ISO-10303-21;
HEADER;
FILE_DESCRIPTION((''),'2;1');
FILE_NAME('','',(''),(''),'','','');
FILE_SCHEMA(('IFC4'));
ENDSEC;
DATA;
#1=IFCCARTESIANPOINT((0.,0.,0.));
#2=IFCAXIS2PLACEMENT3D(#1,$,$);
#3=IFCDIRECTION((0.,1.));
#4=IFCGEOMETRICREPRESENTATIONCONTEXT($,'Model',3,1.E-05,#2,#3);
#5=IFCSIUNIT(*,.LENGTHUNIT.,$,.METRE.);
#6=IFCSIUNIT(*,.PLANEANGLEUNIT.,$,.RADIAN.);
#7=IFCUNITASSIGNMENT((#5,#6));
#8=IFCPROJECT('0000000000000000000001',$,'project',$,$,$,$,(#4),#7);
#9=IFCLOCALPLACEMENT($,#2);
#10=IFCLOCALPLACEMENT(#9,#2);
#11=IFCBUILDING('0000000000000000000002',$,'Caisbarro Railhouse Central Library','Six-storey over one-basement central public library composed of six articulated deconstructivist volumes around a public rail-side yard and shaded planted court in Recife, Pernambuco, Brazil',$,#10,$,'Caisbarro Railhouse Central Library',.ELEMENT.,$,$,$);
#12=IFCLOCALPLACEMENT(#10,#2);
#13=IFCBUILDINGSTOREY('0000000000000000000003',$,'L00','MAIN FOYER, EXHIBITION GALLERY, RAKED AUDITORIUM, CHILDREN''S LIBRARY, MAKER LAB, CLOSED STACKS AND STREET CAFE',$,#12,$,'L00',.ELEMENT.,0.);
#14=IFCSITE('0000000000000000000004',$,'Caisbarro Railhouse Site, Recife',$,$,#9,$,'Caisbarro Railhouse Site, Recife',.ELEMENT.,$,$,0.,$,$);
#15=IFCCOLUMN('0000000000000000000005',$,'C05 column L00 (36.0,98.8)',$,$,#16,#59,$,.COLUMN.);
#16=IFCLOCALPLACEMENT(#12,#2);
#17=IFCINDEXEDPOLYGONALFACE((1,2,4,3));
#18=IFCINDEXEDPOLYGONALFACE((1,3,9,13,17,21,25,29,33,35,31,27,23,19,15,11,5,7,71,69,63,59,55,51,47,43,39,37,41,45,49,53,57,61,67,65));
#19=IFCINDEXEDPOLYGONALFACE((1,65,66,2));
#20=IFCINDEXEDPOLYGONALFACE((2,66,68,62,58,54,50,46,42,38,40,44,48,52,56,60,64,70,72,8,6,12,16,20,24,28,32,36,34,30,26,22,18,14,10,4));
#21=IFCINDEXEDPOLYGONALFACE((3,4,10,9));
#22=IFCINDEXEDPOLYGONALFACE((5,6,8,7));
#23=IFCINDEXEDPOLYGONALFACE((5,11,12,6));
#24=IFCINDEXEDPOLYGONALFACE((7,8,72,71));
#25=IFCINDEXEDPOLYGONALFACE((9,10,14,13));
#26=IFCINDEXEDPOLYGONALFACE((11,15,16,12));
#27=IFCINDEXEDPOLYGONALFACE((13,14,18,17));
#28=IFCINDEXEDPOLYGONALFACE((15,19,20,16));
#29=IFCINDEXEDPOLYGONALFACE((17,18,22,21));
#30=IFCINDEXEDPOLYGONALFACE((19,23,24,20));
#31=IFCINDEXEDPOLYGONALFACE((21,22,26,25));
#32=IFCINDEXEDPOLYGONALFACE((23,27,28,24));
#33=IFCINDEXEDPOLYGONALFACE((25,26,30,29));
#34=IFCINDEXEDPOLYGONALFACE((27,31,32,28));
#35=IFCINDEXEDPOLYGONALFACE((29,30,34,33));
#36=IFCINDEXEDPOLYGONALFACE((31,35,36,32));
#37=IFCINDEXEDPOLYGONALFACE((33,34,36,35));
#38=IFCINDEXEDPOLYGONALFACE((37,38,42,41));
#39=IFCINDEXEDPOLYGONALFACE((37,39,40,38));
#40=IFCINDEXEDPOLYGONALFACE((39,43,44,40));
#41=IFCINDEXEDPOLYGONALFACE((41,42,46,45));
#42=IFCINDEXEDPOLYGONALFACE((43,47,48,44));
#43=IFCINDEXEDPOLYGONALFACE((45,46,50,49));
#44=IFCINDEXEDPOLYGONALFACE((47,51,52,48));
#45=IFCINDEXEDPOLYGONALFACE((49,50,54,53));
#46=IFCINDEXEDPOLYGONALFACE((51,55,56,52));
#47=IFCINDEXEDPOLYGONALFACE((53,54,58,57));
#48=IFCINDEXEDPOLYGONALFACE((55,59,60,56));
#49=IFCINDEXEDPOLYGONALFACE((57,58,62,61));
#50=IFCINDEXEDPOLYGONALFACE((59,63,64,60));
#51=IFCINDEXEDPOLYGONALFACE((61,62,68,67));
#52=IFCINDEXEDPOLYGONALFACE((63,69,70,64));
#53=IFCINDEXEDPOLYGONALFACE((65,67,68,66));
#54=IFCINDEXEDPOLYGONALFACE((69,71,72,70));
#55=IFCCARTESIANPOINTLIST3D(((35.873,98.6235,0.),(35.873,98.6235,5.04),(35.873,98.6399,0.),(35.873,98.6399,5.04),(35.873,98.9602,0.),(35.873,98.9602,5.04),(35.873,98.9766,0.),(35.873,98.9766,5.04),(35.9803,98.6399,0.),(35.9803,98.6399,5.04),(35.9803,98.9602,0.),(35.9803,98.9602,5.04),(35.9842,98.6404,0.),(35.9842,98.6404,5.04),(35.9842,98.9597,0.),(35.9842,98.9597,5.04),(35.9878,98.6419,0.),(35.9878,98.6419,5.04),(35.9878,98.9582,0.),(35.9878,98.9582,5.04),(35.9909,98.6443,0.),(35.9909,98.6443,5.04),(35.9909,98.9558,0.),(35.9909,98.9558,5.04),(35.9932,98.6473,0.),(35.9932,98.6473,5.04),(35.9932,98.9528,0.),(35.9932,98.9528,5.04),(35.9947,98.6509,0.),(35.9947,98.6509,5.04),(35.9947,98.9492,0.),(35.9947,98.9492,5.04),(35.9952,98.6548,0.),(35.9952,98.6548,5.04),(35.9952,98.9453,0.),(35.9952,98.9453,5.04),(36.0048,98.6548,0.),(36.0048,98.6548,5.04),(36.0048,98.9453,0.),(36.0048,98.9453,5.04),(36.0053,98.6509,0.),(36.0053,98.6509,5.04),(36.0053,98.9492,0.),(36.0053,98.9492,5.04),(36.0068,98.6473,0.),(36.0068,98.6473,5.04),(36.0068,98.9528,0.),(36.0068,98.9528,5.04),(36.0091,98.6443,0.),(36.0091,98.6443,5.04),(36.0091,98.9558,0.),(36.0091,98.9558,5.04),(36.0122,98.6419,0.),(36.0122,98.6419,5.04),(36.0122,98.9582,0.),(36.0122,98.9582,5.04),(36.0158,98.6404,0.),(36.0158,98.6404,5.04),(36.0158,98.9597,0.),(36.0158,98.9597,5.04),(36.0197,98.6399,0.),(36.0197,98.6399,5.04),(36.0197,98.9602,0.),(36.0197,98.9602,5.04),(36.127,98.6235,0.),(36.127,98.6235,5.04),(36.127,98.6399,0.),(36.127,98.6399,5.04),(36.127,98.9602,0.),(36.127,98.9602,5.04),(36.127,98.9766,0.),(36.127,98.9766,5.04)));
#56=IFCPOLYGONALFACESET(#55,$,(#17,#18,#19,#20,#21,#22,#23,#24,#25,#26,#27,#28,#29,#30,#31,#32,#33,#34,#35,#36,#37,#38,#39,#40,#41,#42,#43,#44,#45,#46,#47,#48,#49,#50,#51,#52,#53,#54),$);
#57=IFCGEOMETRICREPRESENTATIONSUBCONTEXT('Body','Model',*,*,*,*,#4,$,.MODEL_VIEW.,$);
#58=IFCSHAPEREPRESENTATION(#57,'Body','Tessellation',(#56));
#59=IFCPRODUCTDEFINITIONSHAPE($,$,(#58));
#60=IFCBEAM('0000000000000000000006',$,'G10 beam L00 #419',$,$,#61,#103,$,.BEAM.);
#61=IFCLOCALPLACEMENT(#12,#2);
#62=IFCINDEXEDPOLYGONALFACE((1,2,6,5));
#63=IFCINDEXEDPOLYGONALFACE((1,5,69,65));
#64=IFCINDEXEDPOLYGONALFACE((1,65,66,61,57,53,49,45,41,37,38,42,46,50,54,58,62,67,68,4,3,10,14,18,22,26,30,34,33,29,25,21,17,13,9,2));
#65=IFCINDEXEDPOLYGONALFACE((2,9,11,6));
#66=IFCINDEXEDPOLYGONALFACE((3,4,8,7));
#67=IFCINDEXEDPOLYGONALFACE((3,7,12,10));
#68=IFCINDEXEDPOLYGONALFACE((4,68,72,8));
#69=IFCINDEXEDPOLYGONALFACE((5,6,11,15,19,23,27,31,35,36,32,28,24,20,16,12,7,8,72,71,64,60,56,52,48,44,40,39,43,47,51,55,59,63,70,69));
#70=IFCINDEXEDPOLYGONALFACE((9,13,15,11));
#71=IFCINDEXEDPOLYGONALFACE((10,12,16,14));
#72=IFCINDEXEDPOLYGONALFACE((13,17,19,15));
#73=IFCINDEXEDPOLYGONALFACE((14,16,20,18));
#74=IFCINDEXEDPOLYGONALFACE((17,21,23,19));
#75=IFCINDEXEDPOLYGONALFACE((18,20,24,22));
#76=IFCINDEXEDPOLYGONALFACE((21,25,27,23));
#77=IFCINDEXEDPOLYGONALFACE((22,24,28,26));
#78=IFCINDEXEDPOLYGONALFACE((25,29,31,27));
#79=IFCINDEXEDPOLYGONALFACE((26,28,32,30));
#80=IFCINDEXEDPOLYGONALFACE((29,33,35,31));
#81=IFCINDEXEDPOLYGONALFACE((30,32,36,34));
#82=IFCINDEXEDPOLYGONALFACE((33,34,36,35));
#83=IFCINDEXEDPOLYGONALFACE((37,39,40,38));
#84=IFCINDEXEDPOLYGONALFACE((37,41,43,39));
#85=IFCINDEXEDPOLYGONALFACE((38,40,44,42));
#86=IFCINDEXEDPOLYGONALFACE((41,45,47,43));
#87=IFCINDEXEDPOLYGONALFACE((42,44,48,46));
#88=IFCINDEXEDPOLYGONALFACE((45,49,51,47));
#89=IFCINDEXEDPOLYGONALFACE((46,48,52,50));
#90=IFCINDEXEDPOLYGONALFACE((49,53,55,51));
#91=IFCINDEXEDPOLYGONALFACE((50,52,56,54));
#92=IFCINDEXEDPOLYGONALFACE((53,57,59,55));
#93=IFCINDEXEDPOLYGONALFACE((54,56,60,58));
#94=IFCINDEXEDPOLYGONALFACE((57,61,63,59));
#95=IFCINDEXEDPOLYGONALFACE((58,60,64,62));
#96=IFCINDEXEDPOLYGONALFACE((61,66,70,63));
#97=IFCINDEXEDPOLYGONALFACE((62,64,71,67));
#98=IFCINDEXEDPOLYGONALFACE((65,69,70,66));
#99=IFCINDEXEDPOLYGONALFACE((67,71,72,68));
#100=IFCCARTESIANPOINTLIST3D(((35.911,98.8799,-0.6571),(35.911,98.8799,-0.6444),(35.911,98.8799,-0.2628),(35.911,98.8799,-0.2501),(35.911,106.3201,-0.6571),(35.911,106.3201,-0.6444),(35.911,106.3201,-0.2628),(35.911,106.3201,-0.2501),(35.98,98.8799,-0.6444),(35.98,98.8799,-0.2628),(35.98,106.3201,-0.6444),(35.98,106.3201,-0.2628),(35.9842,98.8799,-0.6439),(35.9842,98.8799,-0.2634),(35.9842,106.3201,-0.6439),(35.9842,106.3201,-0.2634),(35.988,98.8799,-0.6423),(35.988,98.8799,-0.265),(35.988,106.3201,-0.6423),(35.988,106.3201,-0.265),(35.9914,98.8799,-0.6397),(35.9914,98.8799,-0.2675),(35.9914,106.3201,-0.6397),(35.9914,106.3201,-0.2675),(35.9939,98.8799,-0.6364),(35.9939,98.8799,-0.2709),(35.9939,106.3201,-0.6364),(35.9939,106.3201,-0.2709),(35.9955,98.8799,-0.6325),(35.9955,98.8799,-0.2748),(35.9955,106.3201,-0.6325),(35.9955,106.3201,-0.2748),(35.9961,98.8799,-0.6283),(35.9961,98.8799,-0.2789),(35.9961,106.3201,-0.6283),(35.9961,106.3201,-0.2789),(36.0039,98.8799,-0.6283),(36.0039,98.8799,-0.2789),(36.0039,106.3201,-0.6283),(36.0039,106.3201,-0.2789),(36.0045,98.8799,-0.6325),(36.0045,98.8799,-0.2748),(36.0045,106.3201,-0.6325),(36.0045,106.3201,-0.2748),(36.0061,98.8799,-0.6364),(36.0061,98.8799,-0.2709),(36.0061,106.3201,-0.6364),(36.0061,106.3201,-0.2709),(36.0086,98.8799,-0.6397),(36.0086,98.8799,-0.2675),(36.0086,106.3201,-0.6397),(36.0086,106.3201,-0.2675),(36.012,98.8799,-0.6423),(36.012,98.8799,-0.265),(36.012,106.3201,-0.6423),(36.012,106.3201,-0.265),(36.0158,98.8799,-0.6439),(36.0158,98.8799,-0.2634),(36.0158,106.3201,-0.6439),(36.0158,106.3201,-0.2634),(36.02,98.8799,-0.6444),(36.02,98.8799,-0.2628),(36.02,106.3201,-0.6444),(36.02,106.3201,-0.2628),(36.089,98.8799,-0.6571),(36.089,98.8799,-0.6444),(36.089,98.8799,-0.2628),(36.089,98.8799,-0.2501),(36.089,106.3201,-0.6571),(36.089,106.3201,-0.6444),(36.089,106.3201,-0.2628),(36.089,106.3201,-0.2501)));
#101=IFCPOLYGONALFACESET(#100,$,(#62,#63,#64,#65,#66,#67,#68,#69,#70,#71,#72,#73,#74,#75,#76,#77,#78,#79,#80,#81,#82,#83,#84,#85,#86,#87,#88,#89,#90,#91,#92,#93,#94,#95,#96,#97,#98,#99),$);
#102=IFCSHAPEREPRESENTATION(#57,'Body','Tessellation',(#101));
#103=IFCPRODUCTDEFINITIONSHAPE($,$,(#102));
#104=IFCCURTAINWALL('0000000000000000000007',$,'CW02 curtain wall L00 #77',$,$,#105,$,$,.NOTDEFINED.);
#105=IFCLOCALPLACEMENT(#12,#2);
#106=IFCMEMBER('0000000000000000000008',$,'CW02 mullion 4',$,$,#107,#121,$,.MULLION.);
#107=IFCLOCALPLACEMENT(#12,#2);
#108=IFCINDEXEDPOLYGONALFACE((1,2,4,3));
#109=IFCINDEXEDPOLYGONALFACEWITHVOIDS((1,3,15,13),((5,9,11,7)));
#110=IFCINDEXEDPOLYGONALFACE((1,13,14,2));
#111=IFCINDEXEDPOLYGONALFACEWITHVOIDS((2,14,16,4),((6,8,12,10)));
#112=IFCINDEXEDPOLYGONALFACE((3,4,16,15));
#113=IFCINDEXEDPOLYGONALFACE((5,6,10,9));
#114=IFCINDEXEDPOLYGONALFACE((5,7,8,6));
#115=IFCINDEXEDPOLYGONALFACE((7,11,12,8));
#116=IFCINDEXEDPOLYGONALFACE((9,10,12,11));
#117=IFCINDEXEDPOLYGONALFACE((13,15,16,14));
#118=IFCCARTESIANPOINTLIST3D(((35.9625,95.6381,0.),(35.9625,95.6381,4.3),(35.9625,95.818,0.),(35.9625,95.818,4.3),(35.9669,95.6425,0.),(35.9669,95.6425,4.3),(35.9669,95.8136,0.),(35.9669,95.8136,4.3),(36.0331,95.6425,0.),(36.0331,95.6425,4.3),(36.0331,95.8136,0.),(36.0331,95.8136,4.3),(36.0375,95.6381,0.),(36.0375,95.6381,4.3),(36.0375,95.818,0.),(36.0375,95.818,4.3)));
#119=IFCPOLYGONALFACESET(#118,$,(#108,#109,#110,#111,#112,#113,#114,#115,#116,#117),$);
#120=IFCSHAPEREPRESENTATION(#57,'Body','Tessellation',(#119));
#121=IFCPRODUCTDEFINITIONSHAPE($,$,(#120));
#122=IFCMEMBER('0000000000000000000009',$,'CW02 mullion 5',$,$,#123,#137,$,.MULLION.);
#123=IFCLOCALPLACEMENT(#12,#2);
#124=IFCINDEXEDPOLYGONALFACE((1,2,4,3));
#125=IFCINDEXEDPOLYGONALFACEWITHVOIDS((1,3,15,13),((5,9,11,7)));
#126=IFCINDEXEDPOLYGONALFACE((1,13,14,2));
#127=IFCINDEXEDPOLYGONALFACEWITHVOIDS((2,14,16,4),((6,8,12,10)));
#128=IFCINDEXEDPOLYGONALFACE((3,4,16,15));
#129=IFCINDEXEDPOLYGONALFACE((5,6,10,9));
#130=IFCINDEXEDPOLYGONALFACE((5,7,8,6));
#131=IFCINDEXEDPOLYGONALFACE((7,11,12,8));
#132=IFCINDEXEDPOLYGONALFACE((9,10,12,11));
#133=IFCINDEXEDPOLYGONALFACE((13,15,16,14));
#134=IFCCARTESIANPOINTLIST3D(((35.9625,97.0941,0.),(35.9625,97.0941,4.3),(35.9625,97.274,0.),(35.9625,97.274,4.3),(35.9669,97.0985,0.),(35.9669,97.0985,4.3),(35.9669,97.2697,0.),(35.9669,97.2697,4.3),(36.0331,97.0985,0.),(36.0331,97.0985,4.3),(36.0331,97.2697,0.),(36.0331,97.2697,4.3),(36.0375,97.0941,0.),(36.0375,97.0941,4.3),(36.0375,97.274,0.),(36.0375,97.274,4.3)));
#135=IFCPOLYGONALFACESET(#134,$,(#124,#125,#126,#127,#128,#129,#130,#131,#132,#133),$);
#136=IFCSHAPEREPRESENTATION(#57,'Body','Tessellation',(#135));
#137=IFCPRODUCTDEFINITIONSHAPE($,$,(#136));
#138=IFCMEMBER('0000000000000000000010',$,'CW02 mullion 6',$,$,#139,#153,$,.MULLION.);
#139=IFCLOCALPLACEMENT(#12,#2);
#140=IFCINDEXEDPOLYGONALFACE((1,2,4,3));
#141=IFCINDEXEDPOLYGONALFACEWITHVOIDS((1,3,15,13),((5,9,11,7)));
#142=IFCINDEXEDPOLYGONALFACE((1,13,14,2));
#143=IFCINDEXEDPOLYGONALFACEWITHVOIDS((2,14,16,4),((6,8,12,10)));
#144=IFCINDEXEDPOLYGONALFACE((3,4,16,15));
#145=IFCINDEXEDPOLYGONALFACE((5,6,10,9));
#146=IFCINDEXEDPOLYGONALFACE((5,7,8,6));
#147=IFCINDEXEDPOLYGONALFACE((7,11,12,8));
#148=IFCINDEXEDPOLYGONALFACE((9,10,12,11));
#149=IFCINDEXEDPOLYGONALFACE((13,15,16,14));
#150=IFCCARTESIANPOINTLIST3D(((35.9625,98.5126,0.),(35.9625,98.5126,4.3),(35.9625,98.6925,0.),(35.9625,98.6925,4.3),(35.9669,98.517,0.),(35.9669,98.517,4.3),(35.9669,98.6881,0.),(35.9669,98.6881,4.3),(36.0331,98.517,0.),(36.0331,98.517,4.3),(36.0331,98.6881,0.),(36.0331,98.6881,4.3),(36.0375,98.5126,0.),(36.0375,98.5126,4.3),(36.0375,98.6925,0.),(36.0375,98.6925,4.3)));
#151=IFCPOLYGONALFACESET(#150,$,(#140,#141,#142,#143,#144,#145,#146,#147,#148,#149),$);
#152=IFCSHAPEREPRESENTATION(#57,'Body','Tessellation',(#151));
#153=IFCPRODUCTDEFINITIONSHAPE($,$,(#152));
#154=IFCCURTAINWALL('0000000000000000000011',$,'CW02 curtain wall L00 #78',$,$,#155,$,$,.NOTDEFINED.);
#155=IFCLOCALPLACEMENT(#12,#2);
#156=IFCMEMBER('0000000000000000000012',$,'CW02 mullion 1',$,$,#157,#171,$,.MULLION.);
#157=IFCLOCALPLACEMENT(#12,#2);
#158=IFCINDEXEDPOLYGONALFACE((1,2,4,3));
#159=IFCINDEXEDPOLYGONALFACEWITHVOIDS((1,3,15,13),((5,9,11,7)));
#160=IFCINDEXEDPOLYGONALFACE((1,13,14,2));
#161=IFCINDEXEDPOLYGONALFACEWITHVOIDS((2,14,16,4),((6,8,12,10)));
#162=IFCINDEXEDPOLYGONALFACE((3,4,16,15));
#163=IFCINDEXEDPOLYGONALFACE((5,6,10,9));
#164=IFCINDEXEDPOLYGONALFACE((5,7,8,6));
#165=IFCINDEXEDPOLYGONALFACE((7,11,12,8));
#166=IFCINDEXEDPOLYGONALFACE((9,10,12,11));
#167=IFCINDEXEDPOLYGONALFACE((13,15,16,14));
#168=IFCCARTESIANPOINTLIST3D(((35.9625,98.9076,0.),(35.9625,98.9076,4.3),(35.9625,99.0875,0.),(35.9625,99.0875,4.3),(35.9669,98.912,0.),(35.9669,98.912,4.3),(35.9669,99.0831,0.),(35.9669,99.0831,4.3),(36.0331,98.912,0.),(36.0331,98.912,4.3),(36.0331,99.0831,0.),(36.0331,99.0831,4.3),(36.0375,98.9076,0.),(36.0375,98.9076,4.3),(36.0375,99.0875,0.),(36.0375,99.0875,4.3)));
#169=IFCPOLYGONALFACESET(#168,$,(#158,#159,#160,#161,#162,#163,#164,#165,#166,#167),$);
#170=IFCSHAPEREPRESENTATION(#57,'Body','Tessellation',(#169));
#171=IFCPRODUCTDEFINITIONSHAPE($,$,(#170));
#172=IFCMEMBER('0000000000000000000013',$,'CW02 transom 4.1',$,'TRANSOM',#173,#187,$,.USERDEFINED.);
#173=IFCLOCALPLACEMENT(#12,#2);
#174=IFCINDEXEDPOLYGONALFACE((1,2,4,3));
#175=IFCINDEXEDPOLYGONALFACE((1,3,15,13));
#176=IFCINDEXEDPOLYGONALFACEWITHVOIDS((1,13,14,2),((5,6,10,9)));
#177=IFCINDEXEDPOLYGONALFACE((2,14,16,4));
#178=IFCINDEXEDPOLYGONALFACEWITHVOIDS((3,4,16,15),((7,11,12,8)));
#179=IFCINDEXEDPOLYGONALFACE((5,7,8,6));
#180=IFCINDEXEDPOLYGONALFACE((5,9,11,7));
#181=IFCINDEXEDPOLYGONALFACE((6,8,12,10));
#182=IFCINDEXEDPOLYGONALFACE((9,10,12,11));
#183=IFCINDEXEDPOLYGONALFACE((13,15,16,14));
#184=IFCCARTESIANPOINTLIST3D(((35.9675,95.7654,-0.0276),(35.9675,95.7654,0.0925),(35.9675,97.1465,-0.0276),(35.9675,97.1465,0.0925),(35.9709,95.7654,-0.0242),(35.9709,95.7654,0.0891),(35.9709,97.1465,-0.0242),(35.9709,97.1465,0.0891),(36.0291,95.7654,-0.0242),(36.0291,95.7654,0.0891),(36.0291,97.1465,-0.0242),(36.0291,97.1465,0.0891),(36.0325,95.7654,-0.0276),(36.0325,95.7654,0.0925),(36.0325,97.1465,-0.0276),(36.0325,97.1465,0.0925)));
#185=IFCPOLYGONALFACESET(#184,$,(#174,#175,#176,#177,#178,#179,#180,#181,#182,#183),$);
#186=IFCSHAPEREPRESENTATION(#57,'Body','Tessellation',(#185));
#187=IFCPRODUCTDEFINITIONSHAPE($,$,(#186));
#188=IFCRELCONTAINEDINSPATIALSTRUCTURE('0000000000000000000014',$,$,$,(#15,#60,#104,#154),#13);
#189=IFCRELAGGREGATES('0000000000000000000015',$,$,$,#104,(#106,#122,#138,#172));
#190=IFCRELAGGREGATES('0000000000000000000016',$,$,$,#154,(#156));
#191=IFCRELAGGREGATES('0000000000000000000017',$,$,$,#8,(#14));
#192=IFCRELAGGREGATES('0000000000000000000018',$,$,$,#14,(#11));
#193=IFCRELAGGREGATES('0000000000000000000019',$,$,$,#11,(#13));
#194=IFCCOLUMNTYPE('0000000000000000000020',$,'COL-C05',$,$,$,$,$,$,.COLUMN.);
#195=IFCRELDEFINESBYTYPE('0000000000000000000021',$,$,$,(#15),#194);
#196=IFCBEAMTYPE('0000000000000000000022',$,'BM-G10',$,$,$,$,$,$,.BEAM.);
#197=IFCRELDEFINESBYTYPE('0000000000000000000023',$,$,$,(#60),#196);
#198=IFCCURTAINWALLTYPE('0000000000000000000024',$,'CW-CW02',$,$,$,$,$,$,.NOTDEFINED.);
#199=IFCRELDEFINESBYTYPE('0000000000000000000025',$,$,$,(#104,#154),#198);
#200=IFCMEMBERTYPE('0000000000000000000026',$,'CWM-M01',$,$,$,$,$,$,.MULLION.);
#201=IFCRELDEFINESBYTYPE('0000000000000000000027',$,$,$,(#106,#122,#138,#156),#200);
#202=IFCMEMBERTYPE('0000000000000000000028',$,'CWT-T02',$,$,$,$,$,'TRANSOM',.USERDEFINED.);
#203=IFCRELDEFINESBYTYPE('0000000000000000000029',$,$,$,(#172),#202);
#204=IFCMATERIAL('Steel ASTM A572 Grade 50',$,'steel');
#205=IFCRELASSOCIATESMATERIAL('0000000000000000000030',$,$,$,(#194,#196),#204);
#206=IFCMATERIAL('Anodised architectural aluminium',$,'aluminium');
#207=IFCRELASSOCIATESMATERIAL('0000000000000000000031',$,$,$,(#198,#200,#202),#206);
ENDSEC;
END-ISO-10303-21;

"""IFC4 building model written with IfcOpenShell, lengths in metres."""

from ifc_helpers import new_model, si_unit, direction, frame, origin, origin_2d, place, context, subcontext, project, spatial, hollow_rectangle, i_section, extrude, material, material_profile, profile_set, type_object, element, aggregate, save


model = new_model("IFC4")

# Units and contexts
model_context = context("Model", 3, precision=1e-05, world=origin(), true_north=direction((0.0, 1.0)))
body_context = subcontext(model_context, "Body", "Model", "MODEL_VIEW")
ifc_project = project(units=[si_unit("LENGTHUNIT", "METRE"), si_unit("PLANEANGLEUNIT", "RADIAN")], contexts=[model_context])

# Site, building, storey
site_placement = place(None, origin())
site = spatial("IfcSite", under=ifc_project, at=site_placement, Name="Caisbarro Railhouse Site, Recife", LongName="Caisbarro Railhouse Site, Recife", CompositionType="ELEMENT", RefElevation=0.0)
building_placement = place(site_placement, origin())
building = spatial("IfcBuilding", under=site, at=building_placement, Name="Caisbarro Railhouse Central Library", Description="Six-storey over one-basement central public library composed of six articulated deconstructivist volumes around a public rail-side yard and shaded planted court in Recife, Pernambuco, Brazil", LongName="Caisbarro Railhouse Central Library", CompositionType="ELEMENT")
storey_placement = place(building_placement, origin())
storey = spatial("IfcBuildingStorey", under=building, at=storey_placement, Name="L00", Description="MAIN FOYER, EXHIBITION GALLERY, RAKED AUDITORIUM, CHILDREN'S LIBRARY, MAKER LAB, CLOSED STACKS AND STREET CAFE", LongName="L00", CompositionType="ELEMENT", Elevation=0.0)

# Column
ifc_material_1 = material(Name="Steel ASTM A572 Grade 50", Category="steel")
ifc_material_profile_1 = material_profile(ifc_material_1, i_section(OverallWidth=0.2539, OverallDepth=0.353, WebThickness=0.0095, FlangeThickness=0.0164, FilletRadius=0.0149, at=origin_2d()), Name="W360X91.0")
ifc_profile_set_1 = profile_set([ifc_material_profile_1], Name="Steel ASTM A572 Grade 50")
column_type = type_object("IfcColumnType", Name="COL-C05", PredefinedType="COLUMN", material=ifc_profile_set_1)
column_placement = place(storey_placement, frame((36.0, 98.8, 0.0), z_axis=(0.0, 0.0, 1.0), x_axis=(1.0, 0.0, 0.0)))
element("IfcColumn", 1, at=column_placement, inside=storey, type_object=column_type, Name="C05 column L00 (36.0,98.8)", PredefinedType="COLUMN", context=body_context, shape_type="SweptSolid", body=[
    extrude(i_section(OverallWidth=0.2539, OverallDepth=0.353, WebThickness=0.0095, FlangeThickness=0.0164, FilletRadius=0.0149, at=origin_2d()), origin(), (0.0, 0.0, 1.0), 5.04),
])

# Beam
ifc_material_profile_2 = material_profile(ifc_material_1, i_section(OverallWidth=0.178, OverallDepth=0.407, WebThickness=0.0078, FlangeThickness=0.0127, FilletRadius=0.0161, at=origin_2d()), Name="W410X60.0")
ifc_profile_set_2 = profile_set([ifc_material_profile_2], Name="Steel ASTM A572 Grade 50")
beam_type = type_object("IfcBeamType", Name="BM-G10", PredefinedType="BEAM", material=ifc_profile_set_2)
beam_placement = place(storey_placement, frame((36.0, 98.8799, -0.4536), z_axis=(0.0, 1.0, 0.0), x_axis=(-1.0, 0.0, 0.0)))
element("IfcBeam", 2, at=beam_placement, inside=storey, type_object=beam_type, Name="G10 beam L00 #419", PredefinedType="BEAM", context=body_context, shape_type="SweptSolid", body=[
    extrude(i_section(OverallWidth=0.178, OverallDepth=0.407, WebThickness=0.0078, FlangeThickness=0.0127, FilletRadius=0.0161, at=origin_2d()), origin(), (0.0, 0.0, 1.0), 7.4402),
])

# Curtain wall, members
ifc_material_2 = material(Name="Anodised architectural aluminium", Category="aluminium")
curtain_wall_type = type_object("IfcCurtainWallType", Name="CW-CW02", PredefinedType="NOTDEFINED", material=ifc_material_2)
curtain_wall_1_placement = place(storey_placement, origin())
curtain_wall_1 = element("IfcCurtainWall", 3, at=curtain_wall_1_placement, inside=storey, type_object=curtain_wall_type, Name="CW02 curtain wall L00 #77", PredefinedType="NOTDEFINED")
ifc_material_profile_3 = material_profile(ifc_material_2, hollow_rectangle(XDim=0.075, YDim=0.1799, WallThickness=0.0044, at=origin_2d()), Name="ALU-MUL-75X180")
ifc_profile_set_3 = profile_set([ifc_material_profile_3], Name="Anodised architectural aluminium")
member_type_1 = type_object("IfcMemberType", Name="CWM-M01", PredefinedType="MULLION", material=ifc_profile_set_3)
member_1_placement = place(storey_placement, frame((36.0, 95.728, 0.0), z_axis=(0.0, 0.0, 1.0), x_axis=(-1.0, 0.0, 0.0)))
member_1 = element("IfcMember", 4, at=member_1_placement, type_object=member_type_1, Name="CW02 mullion 4", PredefinedType="MULLION", context=body_context, shape_type="SweptSolid", body=[
    extrude(hollow_rectangle(XDim=0.075, YDim=0.1799, WallThickness=0.0044, at=origin_2d()), origin(), (0.0, 0.0, 1.0), 4.3),
])
member_2_placement = place(storey_placement, frame((36.0, 97.1841, 0.0), z_axis=(0.0, 0.0, 1.0), x_axis=(-1.0, 0.0, 0.0)))
member_2 = element("IfcMember", 5, at=member_2_placement, type_object=member_type_1, Name="CW02 mullion 5", PredefinedType="MULLION", context=body_context, shape_type="SweptSolid", body=[
    extrude(hollow_rectangle(XDim=0.075, YDim=0.1799, WallThickness=0.0044, at=origin_2d()), origin(), (0.0, 0.0, 1.0), 4.3),
])
member_3_placement = place(storey_placement, frame((36.0, 98.6025, 0.0), z_axis=(0.0, 0.0, 1.0), x_axis=(-1.0, 0.0, 0.0)))
member_3 = element("IfcMember", 6, at=member_3_placement, type_object=member_type_1, Name="CW02 mullion 6", PredefinedType="MULLION", context=body_context, shape_type="SweptSolid", body=[
    extrude(hollow_rectangle(XDim=0.075, YDim=0.1799, WallThickness=0.0044, at=origin_2d()), origin(), (0.0, 0.0, 1.0), 4.3),
])

# Curtain wall, member
curtain_wall_2_placement = place(storey_placement, origin())
curtain_wall_2 = element("IfcCurtainWall", 7, at=curtain_wall_2_placement, inside=storey, type_object=curtain_wall_type, Name="CW02 curtain wall L00 #78", PredefinedType="NOTDEFINED")
member_4_placement = place(storey_placement, frame((36.0, 98.9976, 0.0), z_axis=(0.0, 0.0, 1.0), x_axis=(-1.0, 0.0, 0.0)))
member_4 = element("IfcMember", 8, at=member_4_placement, type_object=member_type_1, Name="CW02 mullion 1", PredefinedType="MULLION", context=body_context, shape_type="SweptSolid", body=[
    extrude(hollow_rectangle(XDim=0.075, YDim=0.1799, WallThickness=0.0044, at=origin_2d()), origin(), (0.0, 0.0, 1.0), 4.3),
])

# Member
ifc_material_profile_4 = material_profile(ifc_material_2, hollow_rectangle(XDim=0.0649, YDim=0.1201, WallThickness=0.0034, at=origin_2d()), Name="ALU-TRN-65X120")
ifc_profile_set_4 = profile_set([ifc_material_profile_4], Name="Anodised architectural aluminium")
member_type_2 = type_object("IfcMemberType", Name="CWT-T02", ElementType="TRANSOM", PredefinedType="USERDEFINED", material=ifc_profile_set_4)
member_5_placement = place(storey_placement, frame((36.0, 95.7654, 0.0325), z_axis=(0.0, 1.0, 0.0), x_axis=(-1.0, 0.0, 0.0)))
member_5 = element("IfcMember", 9, at=member_5_placement, type_object=member_type_2, Name="CW02 transom 4.1", ObjectType="TRANSOM", PredefinedType="USERDEFINED", context=body_context, shape_type="SweptSolid", body=[
    extrude(hollow_rectangle(XDim=0.0649, YDim=0.1201, WallThickness=0.0034, at=origin_2d()), origin(), (0.0, 0.0, 1.0), 1.3811),
])

aggregate(curtain_wall_1, [member_1, member_2, member_3, member_5])
aggregate(curtain_wall_2, [member_4])

save(model, "model.ifc")
